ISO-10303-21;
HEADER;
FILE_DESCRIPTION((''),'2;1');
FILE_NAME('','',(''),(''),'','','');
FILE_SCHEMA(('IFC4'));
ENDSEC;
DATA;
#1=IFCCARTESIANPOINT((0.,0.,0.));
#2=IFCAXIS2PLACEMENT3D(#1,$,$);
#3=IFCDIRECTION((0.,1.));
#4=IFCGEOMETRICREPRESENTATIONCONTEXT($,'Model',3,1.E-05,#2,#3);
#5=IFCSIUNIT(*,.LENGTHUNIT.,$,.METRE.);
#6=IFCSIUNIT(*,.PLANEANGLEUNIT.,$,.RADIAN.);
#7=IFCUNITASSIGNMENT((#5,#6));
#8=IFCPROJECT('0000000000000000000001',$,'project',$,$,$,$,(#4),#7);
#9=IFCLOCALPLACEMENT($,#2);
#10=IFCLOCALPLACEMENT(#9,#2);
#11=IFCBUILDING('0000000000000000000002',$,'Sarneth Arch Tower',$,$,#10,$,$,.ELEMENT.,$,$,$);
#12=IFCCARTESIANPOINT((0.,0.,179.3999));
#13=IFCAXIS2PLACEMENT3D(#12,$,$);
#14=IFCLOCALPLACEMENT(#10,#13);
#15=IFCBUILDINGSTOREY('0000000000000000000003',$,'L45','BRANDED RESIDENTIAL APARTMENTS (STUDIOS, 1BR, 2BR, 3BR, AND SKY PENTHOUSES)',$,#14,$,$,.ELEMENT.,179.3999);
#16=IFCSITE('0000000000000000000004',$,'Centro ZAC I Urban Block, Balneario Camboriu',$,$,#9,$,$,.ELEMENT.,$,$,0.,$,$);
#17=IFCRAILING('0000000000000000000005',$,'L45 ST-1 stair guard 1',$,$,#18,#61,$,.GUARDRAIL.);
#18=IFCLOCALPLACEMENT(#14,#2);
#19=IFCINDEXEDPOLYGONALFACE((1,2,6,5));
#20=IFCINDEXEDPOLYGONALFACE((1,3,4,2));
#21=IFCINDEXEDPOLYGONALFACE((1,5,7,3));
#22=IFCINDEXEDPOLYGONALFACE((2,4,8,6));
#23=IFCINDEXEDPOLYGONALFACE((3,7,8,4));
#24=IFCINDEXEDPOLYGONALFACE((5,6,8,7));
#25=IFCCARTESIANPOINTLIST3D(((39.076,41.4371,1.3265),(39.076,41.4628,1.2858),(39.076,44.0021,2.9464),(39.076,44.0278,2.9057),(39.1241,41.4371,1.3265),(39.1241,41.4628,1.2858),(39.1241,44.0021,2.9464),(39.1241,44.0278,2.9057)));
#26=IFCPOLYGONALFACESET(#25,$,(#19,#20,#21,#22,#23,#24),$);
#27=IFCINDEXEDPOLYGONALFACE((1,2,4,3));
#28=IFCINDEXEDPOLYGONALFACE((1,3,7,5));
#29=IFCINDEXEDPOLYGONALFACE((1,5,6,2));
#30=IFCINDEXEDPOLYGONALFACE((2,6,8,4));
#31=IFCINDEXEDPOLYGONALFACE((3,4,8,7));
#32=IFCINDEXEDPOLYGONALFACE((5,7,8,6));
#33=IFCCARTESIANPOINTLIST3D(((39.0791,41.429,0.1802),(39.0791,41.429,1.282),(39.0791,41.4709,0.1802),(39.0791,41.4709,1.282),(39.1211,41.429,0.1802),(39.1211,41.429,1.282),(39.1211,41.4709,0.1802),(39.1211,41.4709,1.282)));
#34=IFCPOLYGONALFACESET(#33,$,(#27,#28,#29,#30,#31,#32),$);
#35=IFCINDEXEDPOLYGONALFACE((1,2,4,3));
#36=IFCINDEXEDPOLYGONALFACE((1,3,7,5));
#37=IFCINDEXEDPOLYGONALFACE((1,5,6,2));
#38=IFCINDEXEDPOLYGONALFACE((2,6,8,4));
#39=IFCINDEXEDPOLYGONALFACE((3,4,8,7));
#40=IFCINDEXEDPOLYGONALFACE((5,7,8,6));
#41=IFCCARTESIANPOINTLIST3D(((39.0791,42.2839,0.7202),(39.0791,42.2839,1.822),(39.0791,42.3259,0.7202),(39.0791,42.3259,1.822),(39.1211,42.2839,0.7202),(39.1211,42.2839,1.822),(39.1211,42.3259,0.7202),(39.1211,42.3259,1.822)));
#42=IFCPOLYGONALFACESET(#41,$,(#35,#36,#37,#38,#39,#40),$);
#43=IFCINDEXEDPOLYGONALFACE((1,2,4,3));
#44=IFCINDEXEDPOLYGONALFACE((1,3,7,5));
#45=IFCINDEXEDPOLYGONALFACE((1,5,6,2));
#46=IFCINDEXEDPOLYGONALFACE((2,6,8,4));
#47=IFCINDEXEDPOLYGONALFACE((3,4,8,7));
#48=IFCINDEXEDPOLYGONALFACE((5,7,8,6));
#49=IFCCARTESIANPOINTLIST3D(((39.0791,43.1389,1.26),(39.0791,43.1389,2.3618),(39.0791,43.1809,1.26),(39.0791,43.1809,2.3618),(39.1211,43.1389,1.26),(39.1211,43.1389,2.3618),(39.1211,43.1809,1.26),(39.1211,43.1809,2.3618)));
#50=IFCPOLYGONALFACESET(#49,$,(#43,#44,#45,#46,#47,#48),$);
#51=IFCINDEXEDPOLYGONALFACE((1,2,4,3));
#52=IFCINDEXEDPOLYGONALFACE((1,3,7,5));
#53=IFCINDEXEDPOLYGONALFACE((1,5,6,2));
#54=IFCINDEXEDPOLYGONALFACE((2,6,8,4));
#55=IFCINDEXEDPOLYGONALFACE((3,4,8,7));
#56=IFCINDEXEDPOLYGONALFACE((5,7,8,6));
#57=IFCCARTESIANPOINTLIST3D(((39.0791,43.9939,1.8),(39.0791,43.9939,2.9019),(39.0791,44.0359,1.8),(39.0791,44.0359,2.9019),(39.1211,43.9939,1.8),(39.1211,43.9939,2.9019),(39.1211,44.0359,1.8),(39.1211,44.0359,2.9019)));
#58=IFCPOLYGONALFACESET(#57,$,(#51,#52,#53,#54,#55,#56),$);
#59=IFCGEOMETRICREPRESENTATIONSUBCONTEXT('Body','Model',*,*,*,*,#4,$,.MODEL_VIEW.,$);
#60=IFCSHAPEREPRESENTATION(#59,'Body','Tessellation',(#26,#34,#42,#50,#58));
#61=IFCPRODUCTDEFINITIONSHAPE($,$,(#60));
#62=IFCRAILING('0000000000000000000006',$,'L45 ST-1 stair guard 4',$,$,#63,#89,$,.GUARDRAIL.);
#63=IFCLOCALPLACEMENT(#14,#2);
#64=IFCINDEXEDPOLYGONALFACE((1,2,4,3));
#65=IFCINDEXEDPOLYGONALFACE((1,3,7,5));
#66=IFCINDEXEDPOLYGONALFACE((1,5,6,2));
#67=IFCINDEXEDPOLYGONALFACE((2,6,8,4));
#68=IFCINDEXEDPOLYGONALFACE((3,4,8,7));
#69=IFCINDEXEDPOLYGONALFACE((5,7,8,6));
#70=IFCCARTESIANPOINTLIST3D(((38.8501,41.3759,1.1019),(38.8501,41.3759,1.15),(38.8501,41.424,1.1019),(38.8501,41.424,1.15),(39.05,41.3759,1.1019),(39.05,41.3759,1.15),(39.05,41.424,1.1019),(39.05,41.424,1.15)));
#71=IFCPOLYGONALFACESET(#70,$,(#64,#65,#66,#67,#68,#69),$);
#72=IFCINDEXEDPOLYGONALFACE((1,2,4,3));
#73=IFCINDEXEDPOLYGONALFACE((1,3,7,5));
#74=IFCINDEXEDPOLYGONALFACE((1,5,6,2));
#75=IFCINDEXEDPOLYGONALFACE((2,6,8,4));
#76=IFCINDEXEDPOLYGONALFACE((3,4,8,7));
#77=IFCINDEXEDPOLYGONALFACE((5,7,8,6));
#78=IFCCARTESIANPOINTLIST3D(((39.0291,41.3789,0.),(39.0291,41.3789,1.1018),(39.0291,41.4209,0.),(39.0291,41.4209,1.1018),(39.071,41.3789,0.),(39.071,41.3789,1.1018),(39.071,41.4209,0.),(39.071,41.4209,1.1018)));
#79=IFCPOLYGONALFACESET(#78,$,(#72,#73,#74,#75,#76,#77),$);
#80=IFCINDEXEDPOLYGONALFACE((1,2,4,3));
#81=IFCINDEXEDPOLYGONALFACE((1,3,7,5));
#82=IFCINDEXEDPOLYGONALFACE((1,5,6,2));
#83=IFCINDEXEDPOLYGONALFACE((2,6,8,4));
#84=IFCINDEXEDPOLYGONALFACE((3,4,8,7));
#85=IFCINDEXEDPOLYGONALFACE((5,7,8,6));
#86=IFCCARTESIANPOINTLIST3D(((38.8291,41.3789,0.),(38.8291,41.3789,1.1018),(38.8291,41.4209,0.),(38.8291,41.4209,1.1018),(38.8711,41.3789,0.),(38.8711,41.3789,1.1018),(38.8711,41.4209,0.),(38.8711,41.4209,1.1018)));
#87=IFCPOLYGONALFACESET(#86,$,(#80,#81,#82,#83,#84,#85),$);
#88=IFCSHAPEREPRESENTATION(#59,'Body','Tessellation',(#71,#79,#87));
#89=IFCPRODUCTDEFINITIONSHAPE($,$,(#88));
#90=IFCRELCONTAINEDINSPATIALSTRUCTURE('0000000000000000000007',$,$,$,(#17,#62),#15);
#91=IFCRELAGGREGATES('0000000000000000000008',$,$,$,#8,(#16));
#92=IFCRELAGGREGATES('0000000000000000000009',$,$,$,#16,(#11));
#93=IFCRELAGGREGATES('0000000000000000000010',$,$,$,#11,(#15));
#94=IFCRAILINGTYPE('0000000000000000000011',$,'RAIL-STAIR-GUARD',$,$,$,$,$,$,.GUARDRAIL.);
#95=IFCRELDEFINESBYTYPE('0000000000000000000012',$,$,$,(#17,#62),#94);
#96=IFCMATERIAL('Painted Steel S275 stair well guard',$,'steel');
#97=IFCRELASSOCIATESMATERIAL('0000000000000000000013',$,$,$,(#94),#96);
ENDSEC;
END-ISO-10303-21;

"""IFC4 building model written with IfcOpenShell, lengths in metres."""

from ifc_helpers import new_model, si_unit, direction, frame, origin, origin_2d, place, context, subcontext, project, spatial, rectangle, extrude, material, type_object, element, save


model = new_model("IFC4")

# Units and contexts
model_context = context("Model", 3, precision=1e-05, world=origin(), true_north=direction((0.0, 1.0)))
body_context = subcontext(model_context, "Body", "Model", "MODEL_VIEW")
ifc_project = project(units=[si_unit("LENGTHUNIT", "METRE"), si_unit("PLANEANGLEUNIT", "RADIAN")], contexts=[model_context])

# Site, building, storey
site_placement = place(None, origin())
site = spatial("IfcSite", under=ifc_project, at=site_placement, Name="Centro ZAC I Urban Block, Balneario Camboriu", CompositionType="ELEMENT", RefElevation=0.0)
building_placement = place(site_placement, origin())
building = spatial("IfcBuilding", under=site, at=building_placement, Name="Sarneth Arch Tower", CompositionType="ELEMENT")
storey_placement = place(building_placement, frame((0.0, 0.0, 179.3999)))
storey = spatial("IfcBuildingStorey", under=building, at=storey_placement, Name="L45", Description="BRANDED RESIDENTIAL APARTMENTS (STUDIOS, 1BR, 2BR, 3BR, AND SKY PENTHOUSES)", CompositionType="ELEMENT", Elevation=179.3999)

# Railings
ifc_material_1 = material(Name="Painted Steel S275 stair well guard", Category="steel")
railing_type_1 = type_object("IfcRailingType", Name="RAIL-STAIR-GUARD", PredefinedType="GUARDRAIL", material=ifc_material_1)
railing_1_placement = place(storey_placement, frame((39.1001, 41.45, 0.1802)))
element("IfcRailing", 1, at=railing_1_placement, inside=storey, type_object=railing_type_1, Name="L45 ST-1 stair guard 1", PredefinedType="GUARDRAIL", context=body_context, shape_type="SweptSolid", body=[
    extrude(rectangle(XDim=0.0481, YDim=0.0481, at=origin_2d()), frame((0.0, 0.0, 1.126), z_axis=(0.0, 0.845502, 0.533972), x_axis=(-1.0, 0.0, 0.0)), (0.0, 0.0, 1.0), 3.0337),
    extrude(rectangle(XDim=0.042, YDim=0.042, at=origin_2d()), origin(), (0.0, 0.0, 1.0), 1.1018),
    extrude(rectangle(XDim=0.042, YDim=0.042, at=origin_2d()), frame((0.0, 0.855, 0.54)), (0.0, 0.0, 1.0), 1.1018),
    extrude(rectangle(XDim=0.042, YDim=0.042, at=origin_2d()), frame((0.0, 1.71, 1.0798)), (0.0, 0.0, 1.0), 1.1018),
    extrude(rectangle(XDim=0.042, YDim=0.042, at=origin_2d()), frame((0.0, 2.5649, 1.6199)), (0.0, 0.0, 1.0), 1.1018),
])
railing_2_placement = place(storey_placement, frame((39.05, 41.3999, 0.0)))
element("IfcRailing", 2, at=railing_2_placement, inside=storey, type_object=railing_type_1, Name="L45 ST-1 stair guard 4", PredefinedType="GUARDRAIL", context=body_context, shape_type="SweptSolid", body=[
    extrude(rectangle(XDim=0.0481, YDim=0.0481, at=origin_2d()), frame((0.0, 0.0, 1.126), z_axis=(-1.0, 0.0, 0.0), x_axis=(0.0, -1.0, 0.0)), (0.0, 0.0, 1.0), 0.2),
    extrude(rectangle(XDim=0.042, YDim=0.042, at=origin_2d()), origin(), (0.0, 0.0, 1.0), 1.1018),
    extrude(rectangle(XDim=0.042, YDim=0.042, at=origin_2d()), frame((-0.2, 0.0, 0.0)), (0.0, 0.0, 1.0), 1.1018),
])

save(model, "model.ifc")
